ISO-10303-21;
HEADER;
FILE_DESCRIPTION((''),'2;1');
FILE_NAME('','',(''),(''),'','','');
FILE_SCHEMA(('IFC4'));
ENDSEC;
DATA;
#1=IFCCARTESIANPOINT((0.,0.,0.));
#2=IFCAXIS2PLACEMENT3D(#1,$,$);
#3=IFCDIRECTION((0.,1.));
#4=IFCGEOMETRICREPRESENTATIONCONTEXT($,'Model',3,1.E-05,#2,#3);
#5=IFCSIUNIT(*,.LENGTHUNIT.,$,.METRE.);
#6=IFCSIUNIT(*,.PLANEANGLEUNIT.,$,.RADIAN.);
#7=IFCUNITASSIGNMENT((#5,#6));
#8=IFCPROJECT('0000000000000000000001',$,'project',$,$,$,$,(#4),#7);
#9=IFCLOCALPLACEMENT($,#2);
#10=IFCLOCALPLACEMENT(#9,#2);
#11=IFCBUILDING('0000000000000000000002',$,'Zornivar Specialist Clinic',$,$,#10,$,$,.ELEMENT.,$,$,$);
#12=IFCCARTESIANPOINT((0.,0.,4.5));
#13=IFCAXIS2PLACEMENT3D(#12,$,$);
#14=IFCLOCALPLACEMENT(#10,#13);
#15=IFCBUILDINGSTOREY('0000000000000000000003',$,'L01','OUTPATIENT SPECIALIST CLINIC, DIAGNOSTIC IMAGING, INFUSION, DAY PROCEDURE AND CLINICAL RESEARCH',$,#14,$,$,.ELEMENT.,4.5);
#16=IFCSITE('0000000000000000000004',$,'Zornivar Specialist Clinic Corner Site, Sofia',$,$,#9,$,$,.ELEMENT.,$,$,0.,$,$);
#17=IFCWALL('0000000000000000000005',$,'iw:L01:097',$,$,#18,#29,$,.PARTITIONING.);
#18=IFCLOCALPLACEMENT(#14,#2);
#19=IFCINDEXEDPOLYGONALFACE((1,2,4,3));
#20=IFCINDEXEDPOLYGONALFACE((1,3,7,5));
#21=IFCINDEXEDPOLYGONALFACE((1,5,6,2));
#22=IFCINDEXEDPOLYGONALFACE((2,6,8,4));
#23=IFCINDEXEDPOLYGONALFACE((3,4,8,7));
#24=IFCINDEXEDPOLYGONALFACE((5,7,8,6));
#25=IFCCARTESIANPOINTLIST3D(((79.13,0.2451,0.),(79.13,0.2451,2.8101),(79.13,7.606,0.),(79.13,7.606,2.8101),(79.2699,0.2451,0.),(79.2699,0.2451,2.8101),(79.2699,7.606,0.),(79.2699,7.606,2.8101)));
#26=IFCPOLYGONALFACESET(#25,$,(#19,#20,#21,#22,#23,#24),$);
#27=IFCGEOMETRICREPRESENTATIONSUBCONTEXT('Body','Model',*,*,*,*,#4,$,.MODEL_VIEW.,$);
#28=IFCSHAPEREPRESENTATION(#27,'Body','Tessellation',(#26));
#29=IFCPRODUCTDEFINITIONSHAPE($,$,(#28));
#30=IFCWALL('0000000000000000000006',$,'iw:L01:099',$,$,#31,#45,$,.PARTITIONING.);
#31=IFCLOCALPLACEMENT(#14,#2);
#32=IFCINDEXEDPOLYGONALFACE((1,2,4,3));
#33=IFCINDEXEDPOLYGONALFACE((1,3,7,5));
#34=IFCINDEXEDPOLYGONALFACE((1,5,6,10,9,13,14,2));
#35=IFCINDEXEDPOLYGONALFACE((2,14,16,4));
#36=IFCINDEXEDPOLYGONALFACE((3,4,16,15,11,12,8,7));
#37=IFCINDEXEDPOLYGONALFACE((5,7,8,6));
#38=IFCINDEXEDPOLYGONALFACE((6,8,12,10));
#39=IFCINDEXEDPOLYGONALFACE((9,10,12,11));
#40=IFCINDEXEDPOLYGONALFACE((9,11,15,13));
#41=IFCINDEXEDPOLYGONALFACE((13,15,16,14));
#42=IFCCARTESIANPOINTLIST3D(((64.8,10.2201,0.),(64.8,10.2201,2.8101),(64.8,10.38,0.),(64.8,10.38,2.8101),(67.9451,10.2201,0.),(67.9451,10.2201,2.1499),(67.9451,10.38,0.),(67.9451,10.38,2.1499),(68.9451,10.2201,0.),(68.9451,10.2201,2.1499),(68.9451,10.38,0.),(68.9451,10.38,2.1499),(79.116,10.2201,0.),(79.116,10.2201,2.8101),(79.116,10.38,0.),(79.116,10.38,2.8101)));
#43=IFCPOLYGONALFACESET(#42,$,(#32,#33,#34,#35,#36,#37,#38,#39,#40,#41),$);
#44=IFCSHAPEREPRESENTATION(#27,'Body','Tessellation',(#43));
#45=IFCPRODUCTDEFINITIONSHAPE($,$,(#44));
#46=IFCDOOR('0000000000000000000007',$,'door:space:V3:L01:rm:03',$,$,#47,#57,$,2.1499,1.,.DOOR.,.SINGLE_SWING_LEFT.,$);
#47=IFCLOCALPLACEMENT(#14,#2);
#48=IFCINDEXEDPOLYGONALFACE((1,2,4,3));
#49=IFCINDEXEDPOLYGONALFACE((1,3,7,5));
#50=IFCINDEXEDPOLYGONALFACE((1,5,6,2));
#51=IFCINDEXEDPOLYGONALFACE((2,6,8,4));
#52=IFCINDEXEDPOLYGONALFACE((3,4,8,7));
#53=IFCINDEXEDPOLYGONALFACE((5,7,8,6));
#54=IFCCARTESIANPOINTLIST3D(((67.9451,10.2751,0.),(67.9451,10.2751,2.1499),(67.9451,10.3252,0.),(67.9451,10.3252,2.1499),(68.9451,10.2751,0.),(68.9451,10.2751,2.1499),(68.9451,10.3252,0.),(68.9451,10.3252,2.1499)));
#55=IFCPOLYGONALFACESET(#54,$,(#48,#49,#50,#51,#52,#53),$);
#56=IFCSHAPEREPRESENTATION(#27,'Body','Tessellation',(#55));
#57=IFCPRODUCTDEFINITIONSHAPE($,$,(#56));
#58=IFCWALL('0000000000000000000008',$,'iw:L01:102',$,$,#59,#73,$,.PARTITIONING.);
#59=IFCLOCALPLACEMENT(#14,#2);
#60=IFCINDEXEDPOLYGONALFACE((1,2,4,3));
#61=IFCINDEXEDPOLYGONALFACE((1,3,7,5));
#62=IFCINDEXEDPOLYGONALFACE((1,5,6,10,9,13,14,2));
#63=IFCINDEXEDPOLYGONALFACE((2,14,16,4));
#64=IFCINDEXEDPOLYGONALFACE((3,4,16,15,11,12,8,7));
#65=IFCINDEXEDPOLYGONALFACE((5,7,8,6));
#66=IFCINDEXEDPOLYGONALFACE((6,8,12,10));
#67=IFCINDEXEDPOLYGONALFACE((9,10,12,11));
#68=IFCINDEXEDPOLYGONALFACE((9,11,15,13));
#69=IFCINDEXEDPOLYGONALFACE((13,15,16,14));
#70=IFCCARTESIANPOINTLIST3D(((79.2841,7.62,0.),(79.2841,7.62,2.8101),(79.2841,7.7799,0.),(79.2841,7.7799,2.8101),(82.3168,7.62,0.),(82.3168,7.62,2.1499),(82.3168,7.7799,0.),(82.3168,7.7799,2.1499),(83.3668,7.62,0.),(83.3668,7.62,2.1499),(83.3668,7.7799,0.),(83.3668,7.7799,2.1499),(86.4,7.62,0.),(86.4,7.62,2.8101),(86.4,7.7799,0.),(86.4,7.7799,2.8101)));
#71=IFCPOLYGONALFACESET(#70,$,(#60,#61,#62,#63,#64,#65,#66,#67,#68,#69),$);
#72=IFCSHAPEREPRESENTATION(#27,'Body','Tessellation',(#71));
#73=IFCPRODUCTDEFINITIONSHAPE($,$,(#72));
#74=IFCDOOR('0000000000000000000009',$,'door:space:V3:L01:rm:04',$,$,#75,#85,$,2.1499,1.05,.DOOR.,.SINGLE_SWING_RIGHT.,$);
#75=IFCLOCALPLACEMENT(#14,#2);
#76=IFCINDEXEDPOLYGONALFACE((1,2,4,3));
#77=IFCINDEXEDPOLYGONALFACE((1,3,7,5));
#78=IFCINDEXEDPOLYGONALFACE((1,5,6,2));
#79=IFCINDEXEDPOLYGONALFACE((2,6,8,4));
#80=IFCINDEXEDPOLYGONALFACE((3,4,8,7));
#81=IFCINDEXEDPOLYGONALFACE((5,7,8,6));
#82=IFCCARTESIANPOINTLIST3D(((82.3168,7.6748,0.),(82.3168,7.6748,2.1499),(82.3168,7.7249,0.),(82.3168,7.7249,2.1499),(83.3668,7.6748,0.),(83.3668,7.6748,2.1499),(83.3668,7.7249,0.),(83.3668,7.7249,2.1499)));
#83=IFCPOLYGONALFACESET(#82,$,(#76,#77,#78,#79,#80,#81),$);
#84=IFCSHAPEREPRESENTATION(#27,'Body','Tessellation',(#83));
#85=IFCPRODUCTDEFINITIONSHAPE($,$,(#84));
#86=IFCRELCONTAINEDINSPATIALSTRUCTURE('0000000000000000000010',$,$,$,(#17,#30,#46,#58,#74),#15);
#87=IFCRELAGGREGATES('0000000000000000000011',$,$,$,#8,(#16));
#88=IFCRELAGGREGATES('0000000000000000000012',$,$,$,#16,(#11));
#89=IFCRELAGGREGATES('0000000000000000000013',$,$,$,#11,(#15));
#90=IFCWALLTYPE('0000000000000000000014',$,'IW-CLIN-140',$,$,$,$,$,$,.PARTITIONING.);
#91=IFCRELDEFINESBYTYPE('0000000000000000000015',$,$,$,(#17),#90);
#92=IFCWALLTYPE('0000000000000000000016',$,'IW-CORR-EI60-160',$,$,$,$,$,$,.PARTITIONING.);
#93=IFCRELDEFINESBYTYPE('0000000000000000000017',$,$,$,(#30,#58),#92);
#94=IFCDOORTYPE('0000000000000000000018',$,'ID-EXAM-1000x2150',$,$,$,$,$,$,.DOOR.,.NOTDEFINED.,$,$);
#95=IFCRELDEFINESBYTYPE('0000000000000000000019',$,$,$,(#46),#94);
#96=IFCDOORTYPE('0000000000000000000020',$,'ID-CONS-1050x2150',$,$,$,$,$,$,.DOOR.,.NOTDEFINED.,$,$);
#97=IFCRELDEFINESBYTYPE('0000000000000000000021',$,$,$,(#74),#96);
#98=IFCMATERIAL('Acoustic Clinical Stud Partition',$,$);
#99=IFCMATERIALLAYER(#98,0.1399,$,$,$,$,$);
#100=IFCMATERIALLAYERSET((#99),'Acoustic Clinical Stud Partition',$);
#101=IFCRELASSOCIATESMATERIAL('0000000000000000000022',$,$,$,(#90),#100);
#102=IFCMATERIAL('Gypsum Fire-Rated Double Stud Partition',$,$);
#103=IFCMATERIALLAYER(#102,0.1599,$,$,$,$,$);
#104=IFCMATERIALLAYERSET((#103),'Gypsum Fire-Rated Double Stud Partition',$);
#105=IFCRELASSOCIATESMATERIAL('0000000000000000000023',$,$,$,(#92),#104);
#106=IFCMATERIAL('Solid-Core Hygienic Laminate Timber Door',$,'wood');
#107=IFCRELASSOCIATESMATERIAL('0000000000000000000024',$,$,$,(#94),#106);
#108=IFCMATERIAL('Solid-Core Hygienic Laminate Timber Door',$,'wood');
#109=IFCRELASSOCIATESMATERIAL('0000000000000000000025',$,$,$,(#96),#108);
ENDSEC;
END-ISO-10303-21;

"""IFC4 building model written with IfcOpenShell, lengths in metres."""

from ifc_helpers import new_model, si_unit, direction, frame, frame_2d, origin, place, context, subcontext, project, spatial, rectangle, extrude, material, layer, layer_set, type_object, element, fill, save


model = new_model("IFC4")

# Units and contexts
model_context = context("Model", 3, precision=1e-05, world=origin(), true_north=direction((0.0, 1.0)))
body_context = subcontext(model_context, "Body", "Model", "MODEL_VIEW")
ifc_project = project(units=[si_unit("LENGTHUNIT", "METRE"), si_unit("PLANEANGLEUNIT", "RADIAN")], contexts=[model_context])

# Site, building, storey
site_placement = place(None, origin())
site = spatial("IfcSite", under=ifc_project, at=site_placement, Name="Zornivar Specialist Clinic Corner Site, Sofia", CompositionType="ELEMENT", RefElevation=0.0)
building_placement = place(site_placement, origin())
building = spatial("IfcBuilding", under=site, at=building_placement, Name="Zornivar Specialist Clinic", CompositionType="ELEMENT")
storey_placement = place(building_placement, frame((0.0, 0.0, 4.5)))
storey = spatial("IfcBuildingStorey", under=building, at=storey_placement, Name="L01", Description="OUTPATIENT SPECIALIST CLINIC, DIAGNOSTIC IMAGING, INFUSION, DAY PROCEDURE AND CLINICAL RESEARCH", CompositionType="ELEMENT", Elevation=4.5)

# Wall
ifc_material_1 = material(Name="Acoustic Clinical Stud Partition")
ifc_layer_1 = layer(ifc_material_1, 0.1399)
ifc_layer_set_1 = layer_set([ifc_layer_1], Name="Acoustic Clinical Stud Partition")
wall_type_1 = type_object("IfcWallType", Name="IW-CLIN-140", PredefinedType="PARTITIONING", material=ifc_layer_set_1)
wall_1_placement = place(storey_placement, frame((79.2, 7.606, 0.0), z_axis=(0.0, 0.0, 1.0), x_axis=(0.0, -1.0, 0.0)))
element("IfcWall", 1, at=wall_1_placement, inside=storey, type_object=wall_type_1, Name="iw:L01:097", PredefinedType="PARTITIONING", context=body_context, shape_type="SweptSolid", body=[
    extrude(rectangle(XDim=7.3608, YDim=0.1399, at=frame_2d((3.6804, 0.0))), origin(), (0.0, 0.0, 1.0), 2.8101),
])

# Walls, openings, doors
ifc_material_2 = material(Name="Gypsum Fire-Rated Double Stud Partition")
ifc_layer_2 = layer(ifc_material_2, 0.1599)
ifc_layer_set_2 = layer_set([ifc_layer_2], Name="Gypsum Fire-Rated Double Stud Partition")
wall_type_2 = type_object("IfcWallType", Name="IW-CORR-EI60-160", PredefinedType="PARTITIONING", material=ifc_layer_set_2)
wall_2_placement = place(storey_placement, frame((79.116, 10.3, 0.0), z_axis=(0.0, 0.0, 1.0), x_axis=(-1.0, 0.0, 0.0)))
wall_2 = element("IfcWall", 2, at=wall_2_placement, inside=storey, type_object=wall_type_2, Name="iw:L01:099", PredefinedType="PARTITIONING", context=body_context, shape_type="SweptSolid", body=[
    extrude(rectangle(XDim=14.3159, YDim=0.1599, at=frame_2d((7.158, 0.0))), origin(), (0.0, 0.0, 1.0), 2.8101),
])
opening_1_placement = place(wall_2_placement, frame((10.1709, 0.0, 0.0)))
opening_1 = element("IfcOpeningElement", 3, at=opening_1_placement, cuts=wall_2, PredefinedType="OPENING", context=body_context, shape_type="SweptSolid", body=[
    extrude(rectangle(XDim=1.0, YDim=2.1499, at=frame_2d((0.5, 1.075))), frame((0.0, 0.0898, 0.0), z_axis=(0.0, -1.0, 0.0), x_axis=(1.0, 0.0, 0.0)), (0.0, 0.0, 1.0), 0.1799),
])
ifc_material_3 = material(Name="Solid-Core Hygienic Laminate Timber Door", Category="wood")
door_type_1 = type_object("IfcDoorType", Name="ID-EXAM-1000x2150", OperationType="NOTDEFINED", PredefinedType="DOOR", material=ifc_material_3)
door_1_placement = place(opening_1_placement, origin())
door_1 = element("IfcDoor", 4, at=door_1_placement, inside=storey, type_object=door_type_1, Name="door:space:V3:L01:rm:03", OperationType="SINGLE_SWING_LEFT", OverallHeight=2.1499, OverallWidth=1.0, PredefinedType="DOOR", context=body_context, shape_type="SweptSolid", body=[
    extrude(rectangle(XDim=1.0, YDim=2.1499, at=frame_2d((0.5, 1.075))), frame((0.0, 0.0249, 0.0), z_axis=(0.0, -1.0, 0.0), x_axis=(1.0, 0.0, 0.0)), (0.0, 0.0, 1.0), 0.05),
])
fill(opening_1, door_1)
wall_3_placement = place(storey_placement, frame((79.2839, 7.7, 0.0), z_axis=(0.0, 0.0, 1.0), x_axis=(1.0, 0.0, 0.0)))
wall_3 = element("IfcWall", 5, at=wall_3_placement, inside=storey, type_object=wall_type_2, Name="iw:L01:102", PredefinedType="PARTITIONING", context=body_context, shape_type="SweptSolid", body=[
    extrude(rectangle(XDim=7.116, YDim=0.1599, at=frame_2d((3.5581, 0.0))), origin(), (0.0, 0.0, 1.0), 2.8101),
])
opening_2_placement = place(wall_3_placement, frame((3.033, 0.0, 0.0)))
opening_2 = element("IfcOpeningElement", 6, at=opening_2_placement, cuts=wall_3, PredefinedType="OPENING", context=body_context, shape_type="SweptSolid", body=[
    extrude(rectangle(XDim=1.05, YDim=2.1499, at=frame_2d((0.5249, 1.075))), frame((0.0, 0.0898, 0.0), z_axis=(0.0, -1.0, 0.0), x_axis=(1.0, 0.0, 0.0)), (0.0, 0.0, 1.0), 0.1799),
])
ifc_material_4 = material(Name="Solid-Core Hygienic Laminate Timber Door", Category="wood")
door_type_2 = type_object("IfcDoorType", Name="ID-CONS-1050x2150", OperationType="NOTDEFINED", PredefinedType="DOOR", material=ifc_material_4)
door_2_placement = place(opening_2_placement, origin())
door_2 = element("IfcDoor", 7, at=door_2_placement, inside=storey, type_object=door_type_2, Name="door:space:V3:L01:rm:04", OperationType="SINGLE_SWING_RIGHT", OverallHeight=2.1499, OverallWidth=1.05, PredefinedType="DOOR", context=body_context, shape_type="SweptSolid", body=[
    extrude(rectangle(XDim=1.05, YDim=2.1499, at=frame_2d((0.5249, 1.075))), frame((0.0, 0.0249, 0.0), z_axis=(0.0, -1.0, 0.0), x_axis=(1.0, 0.0, 0.0)), (0.0, 0.0, 1.0), 0.05),
])
fill(opening_2, door_2)

save(model, "model.ifc")
